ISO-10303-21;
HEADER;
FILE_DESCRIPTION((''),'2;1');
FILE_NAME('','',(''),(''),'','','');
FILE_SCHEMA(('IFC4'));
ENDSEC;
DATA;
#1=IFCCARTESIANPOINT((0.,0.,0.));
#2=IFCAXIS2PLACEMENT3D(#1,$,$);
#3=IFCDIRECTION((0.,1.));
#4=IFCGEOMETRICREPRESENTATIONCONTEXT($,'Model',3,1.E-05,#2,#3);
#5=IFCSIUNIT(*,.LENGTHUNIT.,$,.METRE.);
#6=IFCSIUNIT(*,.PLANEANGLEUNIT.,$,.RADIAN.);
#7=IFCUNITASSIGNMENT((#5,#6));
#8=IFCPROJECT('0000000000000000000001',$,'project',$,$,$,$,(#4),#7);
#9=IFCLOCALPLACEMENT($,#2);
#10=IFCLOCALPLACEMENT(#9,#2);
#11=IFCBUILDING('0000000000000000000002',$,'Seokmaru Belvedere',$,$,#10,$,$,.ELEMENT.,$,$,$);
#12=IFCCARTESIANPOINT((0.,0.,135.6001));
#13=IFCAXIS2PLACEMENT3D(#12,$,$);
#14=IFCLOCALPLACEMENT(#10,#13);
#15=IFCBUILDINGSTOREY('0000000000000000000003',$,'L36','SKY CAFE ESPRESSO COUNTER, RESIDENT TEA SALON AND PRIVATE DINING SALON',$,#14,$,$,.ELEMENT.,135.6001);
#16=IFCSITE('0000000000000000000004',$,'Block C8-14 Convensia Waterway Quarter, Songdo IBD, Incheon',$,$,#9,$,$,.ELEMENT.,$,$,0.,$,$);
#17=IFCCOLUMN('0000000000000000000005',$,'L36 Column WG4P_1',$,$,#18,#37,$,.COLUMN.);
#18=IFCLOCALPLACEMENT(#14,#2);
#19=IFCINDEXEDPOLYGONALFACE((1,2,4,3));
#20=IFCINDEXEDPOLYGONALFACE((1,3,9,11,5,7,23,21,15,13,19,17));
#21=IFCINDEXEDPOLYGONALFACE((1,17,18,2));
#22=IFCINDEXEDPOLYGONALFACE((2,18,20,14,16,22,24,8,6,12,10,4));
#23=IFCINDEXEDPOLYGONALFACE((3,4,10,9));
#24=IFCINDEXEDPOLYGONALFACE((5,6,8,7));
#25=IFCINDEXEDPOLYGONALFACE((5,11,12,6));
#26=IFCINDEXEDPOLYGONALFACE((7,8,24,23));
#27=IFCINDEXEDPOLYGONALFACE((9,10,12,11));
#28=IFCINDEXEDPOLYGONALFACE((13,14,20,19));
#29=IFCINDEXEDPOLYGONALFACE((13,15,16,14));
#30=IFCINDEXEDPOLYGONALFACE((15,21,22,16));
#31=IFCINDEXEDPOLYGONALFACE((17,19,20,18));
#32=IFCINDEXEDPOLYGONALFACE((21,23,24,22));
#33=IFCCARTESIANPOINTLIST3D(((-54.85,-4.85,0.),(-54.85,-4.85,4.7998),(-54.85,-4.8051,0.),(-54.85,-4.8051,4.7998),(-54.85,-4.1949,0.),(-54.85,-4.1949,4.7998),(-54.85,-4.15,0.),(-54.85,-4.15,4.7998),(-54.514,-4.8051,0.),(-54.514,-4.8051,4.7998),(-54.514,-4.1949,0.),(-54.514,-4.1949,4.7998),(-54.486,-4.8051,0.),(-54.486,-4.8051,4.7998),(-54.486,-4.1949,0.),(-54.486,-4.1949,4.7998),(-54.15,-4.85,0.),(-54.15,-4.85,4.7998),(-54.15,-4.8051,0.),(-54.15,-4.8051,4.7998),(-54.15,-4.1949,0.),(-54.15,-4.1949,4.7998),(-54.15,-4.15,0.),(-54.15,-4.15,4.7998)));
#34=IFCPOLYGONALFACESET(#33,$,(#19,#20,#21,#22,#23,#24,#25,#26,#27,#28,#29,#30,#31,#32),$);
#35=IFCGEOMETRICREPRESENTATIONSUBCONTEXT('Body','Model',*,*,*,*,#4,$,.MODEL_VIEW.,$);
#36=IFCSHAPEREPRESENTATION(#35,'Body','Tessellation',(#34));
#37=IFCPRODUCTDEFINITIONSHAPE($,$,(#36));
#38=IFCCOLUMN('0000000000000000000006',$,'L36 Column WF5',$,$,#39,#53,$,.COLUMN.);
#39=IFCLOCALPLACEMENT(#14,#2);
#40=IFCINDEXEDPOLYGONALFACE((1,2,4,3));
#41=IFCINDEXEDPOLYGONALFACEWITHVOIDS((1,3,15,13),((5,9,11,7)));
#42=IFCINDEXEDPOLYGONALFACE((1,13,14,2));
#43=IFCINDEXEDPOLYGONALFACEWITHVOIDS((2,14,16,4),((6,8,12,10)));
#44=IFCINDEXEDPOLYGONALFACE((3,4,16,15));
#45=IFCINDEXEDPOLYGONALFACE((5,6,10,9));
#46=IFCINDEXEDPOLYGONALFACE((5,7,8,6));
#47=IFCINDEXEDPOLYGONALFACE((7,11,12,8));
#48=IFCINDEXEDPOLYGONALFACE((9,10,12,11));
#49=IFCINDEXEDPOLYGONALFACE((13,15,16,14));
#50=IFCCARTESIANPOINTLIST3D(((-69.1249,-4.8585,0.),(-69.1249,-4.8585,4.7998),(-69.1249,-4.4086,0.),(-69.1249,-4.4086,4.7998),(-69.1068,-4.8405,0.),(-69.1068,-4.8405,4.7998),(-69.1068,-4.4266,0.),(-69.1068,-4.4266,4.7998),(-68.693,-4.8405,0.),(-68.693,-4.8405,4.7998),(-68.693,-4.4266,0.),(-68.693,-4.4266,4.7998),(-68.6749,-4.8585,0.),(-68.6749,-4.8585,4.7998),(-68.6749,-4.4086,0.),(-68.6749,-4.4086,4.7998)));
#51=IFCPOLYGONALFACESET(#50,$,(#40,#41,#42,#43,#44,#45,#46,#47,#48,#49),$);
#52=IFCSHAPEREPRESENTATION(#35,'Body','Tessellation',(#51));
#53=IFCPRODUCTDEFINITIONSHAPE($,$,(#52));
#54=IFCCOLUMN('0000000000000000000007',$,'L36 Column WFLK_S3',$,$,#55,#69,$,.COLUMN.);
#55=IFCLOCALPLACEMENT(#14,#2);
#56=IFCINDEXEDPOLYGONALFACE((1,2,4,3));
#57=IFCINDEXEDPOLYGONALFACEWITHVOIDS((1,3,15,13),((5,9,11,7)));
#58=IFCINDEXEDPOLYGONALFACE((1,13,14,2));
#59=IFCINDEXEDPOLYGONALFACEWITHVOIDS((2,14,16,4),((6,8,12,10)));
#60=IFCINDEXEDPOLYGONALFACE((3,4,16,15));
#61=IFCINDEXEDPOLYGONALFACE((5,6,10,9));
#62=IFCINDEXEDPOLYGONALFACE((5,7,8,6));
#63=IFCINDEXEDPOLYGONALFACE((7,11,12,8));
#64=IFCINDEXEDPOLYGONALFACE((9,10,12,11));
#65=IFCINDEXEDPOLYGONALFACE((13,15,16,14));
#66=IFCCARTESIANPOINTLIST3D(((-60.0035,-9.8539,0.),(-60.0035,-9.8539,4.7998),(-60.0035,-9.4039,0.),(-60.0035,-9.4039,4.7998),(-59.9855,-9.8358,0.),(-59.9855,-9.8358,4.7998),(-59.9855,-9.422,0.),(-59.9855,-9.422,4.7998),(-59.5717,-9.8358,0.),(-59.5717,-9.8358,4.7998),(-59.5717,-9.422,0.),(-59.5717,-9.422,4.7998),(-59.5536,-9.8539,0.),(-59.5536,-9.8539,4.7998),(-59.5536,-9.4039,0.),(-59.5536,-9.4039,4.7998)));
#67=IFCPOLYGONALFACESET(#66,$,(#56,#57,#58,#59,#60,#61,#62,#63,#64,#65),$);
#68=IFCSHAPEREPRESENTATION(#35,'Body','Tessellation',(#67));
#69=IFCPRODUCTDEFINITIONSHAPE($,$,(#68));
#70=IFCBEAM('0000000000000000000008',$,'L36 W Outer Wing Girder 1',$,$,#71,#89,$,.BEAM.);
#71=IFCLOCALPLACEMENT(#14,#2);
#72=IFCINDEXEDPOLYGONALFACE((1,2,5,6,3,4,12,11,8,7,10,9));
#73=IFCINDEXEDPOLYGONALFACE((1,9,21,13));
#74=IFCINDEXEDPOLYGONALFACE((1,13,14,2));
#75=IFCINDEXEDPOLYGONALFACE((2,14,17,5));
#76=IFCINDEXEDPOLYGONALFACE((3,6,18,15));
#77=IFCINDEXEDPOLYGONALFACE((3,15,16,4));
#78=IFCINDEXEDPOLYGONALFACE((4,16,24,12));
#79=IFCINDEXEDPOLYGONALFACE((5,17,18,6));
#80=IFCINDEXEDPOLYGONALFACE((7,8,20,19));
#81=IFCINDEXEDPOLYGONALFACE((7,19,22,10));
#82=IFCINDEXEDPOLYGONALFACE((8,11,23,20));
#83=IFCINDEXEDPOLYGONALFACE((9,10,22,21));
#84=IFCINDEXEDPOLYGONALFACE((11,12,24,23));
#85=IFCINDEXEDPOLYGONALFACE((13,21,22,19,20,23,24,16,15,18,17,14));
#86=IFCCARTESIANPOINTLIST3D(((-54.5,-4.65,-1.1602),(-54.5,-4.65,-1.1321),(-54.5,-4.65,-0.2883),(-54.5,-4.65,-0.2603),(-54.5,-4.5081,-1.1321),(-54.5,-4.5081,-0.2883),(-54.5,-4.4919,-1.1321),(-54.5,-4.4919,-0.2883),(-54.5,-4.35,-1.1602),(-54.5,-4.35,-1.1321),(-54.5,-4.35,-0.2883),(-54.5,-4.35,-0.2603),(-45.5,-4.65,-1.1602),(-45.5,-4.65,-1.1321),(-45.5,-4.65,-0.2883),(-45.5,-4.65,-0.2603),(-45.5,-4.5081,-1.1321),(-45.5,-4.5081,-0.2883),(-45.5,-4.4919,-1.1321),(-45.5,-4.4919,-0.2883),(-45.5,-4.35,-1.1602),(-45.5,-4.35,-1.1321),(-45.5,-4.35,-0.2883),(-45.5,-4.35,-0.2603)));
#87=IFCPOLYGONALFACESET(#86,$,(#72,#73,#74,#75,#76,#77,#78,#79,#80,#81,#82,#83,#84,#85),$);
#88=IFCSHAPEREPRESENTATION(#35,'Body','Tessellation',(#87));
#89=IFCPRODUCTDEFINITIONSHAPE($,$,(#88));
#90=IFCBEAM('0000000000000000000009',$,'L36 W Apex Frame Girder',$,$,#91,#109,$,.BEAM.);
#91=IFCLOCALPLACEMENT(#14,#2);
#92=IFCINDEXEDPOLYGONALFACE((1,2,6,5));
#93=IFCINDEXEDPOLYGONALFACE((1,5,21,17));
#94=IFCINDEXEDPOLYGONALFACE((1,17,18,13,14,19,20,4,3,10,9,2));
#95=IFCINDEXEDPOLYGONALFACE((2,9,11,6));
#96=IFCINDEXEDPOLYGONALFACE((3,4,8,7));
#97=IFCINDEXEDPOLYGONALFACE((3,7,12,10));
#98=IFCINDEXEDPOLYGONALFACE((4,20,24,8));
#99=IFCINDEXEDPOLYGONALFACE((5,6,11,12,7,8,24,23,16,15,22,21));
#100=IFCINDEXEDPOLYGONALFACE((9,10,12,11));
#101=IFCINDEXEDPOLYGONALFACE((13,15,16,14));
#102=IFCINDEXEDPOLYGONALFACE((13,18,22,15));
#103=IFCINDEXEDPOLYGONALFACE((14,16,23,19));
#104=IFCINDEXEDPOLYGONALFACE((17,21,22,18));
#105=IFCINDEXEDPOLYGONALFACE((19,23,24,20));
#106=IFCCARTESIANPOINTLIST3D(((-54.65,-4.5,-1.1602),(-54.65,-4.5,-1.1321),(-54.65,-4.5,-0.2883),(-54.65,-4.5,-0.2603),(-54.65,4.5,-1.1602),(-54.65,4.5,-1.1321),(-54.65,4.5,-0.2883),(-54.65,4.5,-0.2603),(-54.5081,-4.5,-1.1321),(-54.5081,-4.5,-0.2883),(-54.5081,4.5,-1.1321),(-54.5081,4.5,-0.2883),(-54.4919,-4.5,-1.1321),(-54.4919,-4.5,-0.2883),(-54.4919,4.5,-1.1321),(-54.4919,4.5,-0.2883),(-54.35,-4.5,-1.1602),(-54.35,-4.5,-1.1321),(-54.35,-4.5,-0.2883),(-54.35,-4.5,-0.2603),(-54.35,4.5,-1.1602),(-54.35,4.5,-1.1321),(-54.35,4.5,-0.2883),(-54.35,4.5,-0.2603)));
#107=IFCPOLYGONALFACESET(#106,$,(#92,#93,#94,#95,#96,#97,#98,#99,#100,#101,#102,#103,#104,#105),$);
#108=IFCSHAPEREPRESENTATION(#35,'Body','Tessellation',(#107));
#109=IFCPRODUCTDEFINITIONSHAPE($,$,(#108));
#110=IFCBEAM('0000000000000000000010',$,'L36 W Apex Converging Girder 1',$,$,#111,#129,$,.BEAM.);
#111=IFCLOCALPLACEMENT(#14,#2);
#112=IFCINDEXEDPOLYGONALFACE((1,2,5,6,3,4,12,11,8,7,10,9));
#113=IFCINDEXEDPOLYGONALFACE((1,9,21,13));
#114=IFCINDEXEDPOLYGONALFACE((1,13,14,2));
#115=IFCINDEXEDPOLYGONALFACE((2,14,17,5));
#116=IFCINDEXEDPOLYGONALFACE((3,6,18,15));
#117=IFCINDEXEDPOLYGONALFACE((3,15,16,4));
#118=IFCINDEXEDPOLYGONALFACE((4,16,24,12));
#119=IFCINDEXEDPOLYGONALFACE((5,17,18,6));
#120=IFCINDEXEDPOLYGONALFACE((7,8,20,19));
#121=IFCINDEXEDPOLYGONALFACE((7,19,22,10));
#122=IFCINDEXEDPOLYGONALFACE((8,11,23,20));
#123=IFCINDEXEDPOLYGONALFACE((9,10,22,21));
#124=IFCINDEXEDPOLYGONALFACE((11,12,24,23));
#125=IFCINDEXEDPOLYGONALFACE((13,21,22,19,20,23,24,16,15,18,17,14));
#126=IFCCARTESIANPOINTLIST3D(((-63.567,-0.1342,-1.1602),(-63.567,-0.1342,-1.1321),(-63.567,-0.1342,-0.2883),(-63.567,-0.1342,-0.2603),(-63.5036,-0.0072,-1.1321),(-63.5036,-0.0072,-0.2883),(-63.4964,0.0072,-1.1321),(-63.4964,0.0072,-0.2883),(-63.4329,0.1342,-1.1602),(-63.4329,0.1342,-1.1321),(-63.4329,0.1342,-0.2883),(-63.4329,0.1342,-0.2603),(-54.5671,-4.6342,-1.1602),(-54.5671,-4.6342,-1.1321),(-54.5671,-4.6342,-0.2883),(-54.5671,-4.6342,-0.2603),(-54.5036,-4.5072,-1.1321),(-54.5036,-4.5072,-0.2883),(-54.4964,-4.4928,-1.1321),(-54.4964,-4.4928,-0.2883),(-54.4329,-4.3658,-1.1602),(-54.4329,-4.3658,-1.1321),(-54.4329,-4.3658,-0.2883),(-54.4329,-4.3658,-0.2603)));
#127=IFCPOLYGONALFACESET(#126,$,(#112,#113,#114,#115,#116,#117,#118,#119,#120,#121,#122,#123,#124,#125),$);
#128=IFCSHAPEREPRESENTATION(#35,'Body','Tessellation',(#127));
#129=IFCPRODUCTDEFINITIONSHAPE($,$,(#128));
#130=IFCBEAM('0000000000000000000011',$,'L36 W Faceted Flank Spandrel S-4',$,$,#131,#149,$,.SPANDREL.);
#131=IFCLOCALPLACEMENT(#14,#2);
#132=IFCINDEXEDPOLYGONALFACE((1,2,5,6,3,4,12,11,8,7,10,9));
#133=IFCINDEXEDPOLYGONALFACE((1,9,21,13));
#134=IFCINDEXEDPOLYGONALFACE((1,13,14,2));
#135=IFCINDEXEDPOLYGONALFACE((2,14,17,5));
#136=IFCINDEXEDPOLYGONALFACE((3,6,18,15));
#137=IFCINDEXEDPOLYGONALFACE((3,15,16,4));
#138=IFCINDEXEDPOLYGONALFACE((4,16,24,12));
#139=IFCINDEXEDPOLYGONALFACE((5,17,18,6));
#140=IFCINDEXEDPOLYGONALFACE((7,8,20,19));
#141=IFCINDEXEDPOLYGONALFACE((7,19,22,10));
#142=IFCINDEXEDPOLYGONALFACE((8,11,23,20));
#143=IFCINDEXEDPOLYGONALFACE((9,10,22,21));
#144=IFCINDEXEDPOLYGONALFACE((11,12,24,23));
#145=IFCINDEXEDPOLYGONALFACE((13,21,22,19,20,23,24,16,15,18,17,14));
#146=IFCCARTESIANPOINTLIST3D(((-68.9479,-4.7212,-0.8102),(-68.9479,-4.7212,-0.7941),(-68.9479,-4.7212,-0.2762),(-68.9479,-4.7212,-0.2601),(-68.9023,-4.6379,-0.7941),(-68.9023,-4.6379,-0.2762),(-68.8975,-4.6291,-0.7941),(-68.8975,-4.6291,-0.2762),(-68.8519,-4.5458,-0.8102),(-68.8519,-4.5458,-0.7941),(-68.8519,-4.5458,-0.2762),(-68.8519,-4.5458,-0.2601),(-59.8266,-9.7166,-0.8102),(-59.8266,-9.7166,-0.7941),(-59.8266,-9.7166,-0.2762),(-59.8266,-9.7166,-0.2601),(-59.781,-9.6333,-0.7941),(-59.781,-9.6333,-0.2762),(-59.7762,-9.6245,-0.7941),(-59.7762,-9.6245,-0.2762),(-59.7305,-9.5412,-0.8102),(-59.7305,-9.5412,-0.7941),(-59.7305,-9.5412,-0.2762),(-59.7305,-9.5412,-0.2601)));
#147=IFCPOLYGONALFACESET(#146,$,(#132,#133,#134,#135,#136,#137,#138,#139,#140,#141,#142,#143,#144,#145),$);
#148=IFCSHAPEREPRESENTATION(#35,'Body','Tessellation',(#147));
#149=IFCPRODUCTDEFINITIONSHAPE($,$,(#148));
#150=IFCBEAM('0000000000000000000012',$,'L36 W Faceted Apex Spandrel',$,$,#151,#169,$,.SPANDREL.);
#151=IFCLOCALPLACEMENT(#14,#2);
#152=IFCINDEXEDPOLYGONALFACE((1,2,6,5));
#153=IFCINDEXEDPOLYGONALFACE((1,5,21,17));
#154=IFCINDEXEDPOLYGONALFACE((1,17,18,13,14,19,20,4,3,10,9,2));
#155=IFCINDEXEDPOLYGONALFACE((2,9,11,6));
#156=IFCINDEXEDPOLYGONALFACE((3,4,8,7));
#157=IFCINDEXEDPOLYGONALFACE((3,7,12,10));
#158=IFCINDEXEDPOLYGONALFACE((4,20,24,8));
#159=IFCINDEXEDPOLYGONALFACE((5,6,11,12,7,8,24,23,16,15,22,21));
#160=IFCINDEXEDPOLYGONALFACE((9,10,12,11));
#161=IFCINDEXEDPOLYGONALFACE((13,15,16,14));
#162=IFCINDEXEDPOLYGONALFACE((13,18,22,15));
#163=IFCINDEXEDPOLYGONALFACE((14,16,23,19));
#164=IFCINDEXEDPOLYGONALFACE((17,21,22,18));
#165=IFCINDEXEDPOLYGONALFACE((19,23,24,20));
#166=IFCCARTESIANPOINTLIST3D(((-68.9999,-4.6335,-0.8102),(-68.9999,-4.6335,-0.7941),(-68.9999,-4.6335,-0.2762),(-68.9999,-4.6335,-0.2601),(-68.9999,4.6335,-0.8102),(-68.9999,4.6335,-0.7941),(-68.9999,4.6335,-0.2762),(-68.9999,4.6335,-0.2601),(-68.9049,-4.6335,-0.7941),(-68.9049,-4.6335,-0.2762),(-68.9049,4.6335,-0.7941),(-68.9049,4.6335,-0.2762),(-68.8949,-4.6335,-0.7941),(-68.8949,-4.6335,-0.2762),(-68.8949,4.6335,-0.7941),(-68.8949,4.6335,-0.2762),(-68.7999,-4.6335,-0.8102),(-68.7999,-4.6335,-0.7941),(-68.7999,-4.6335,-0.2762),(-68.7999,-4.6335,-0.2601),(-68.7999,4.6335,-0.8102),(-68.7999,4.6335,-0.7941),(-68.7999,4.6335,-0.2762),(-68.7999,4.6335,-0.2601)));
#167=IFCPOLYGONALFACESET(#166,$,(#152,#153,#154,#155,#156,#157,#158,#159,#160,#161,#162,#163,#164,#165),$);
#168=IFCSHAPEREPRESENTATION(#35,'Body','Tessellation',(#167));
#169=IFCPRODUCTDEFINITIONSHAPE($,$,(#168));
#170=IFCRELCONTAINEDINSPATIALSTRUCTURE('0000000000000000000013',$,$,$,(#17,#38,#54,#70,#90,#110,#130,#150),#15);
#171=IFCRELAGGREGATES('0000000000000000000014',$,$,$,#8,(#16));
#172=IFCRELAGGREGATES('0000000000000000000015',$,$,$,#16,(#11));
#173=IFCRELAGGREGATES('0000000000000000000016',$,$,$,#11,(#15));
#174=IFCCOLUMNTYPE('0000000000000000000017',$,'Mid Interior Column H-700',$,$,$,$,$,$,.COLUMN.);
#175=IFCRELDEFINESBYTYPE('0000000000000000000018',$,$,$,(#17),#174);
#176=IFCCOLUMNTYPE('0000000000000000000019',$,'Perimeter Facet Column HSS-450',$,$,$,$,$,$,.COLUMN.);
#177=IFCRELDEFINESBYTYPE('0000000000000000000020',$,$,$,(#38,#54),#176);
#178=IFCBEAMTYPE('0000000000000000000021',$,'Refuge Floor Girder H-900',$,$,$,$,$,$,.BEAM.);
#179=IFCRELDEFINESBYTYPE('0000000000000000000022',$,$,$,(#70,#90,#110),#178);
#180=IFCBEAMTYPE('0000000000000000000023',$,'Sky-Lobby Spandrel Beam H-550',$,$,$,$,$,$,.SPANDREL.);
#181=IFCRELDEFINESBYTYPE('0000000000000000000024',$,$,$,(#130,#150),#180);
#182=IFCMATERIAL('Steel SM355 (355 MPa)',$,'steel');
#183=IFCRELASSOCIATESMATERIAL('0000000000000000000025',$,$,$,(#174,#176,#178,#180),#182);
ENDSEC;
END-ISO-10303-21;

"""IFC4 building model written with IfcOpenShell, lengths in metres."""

from ifc_helpers import new_model, si_unit, direction, frame, origin, origin_2d, place, context, subcontext, project, spatial, hollow_rectangle, i_section, extrude, source, transform, mapped, material, material_profile, profile_set, type_object, type_shapes, element, save


model = new_model("IFC4")

# Units and contexts
model_context = context("Model", 3, precision=1e-05, world=origin(), true_north=direction((0.0, 1.0)))
body_context = subcontext(model_context, "Body", "Model", "MODEL_VIEW")
ifc_project = project(units=[si_unit("LENGTHUNIT", "METRE"), si_unit("PLANEANGLEUNIT", "RADIAN")], contexts=[model_context])

# Site, building, storey
site_placement = place(None, origin())
site = spatial("IfcSite", under=ifc_project, at=site_placement, Name="Block C8-14 Convensia Waterway Quarter, Songdo IBD, Incheon", CompositionType="ELEMENT", RefElevation=0.0)
building_placement = place(site_placement, origin())
building = spatial("IfcBuilding", under=site, at=building_placement, Name="Seokmaru Belvedere", CompositionType="ELEMENT")
storey_placement = place(building_placement, frame((0.0, 0.0, 135.6001)))
storey = spatial("IfcBuildingStorey", under=building, at=storey_placement, Name="L36", Description="SKY CAFE ESPRESSO COUNTER, RESIDENT TEA SALON AND PRIVATE DINING SALON", CompositionType="ELEMENT", Elevation=135.6001)

# Columns
ifc_material_1 = material(Name="Steel SM355 (355 MPa)", Category="steel")
ifc_material_profile_1 = material_profile(ifc_material_1, i_section(OverallWidth=0.7, OverallDepth=0.7, WebThickness=0.0281, FlangeThickness=0.0449, at=origin_2d()), Name="H-700x700x28x45")
ifc_profile_set_1 = profile_set([ifc_material_profile_1], Name="Steel SM355 (355 MPa)")
column_type_1 = type_object("IfcColumnType", Name="Mid Interior Column H-700", PredefinedType="COLUMN", material=ifc_profile_set_1)
shared_shape_1 = source(origin(), body_context, "Body", "SweptSolid", [
    extrude(i_section(OverallWidth=0.7, OverallDepth=0.7, WebThickness=0.0281, FlangeThickness=0.0449, at=origin_2d()), origin(), (0.0, 0.0, 1.0), 4.7998),
])
type_shapes(column_type_1, [shared_shape_1])
column_placement = place(storey_placement, frame((-54.5, -4.5, 0.0), z_axis=(0.0, 0.0, 1.0), x_axis=(1.0, 0.0, 0.0)))
element("IfcColumn", 1, at=column_placement, inside=storey, type_object=column_type_1, Name="L36 Column WG4P_1", PredefinedType="COLUMN", context=body_context, shape_type="MappedRepresentation", body=[
    mapped(shared_shape_1, transform((0.0, 0.0, 0.0), scale=1.0)),
])
ifc_material_profile_2 = material_profile(ifc_material_1, hollow_rectangle(XDim=0.45, YDim=0.45, WallThickness=0.0181, at=origin_2d()), Name="HSS-450x450x18")
ifc_profile_set_2 = profile_set([ifc_material_profile_2], Name="Steel SM355 (355 MPa)")
column_type_2 = type_object("IfcColumnType", Name="Perimeter Facet Column HSS-450", PredefinedType="COLUMN", material=ifc_profile_set_2)
shared_shape_2 = source(origin(), body_context, "Body", "SweptSolid", [
    extrude(hollow_rectangle(XDim=0.45, YDim=0.45, WallThickness=0.0181, at=origin_2d()), origin(), (0.0, 0.0, 1.0), 4.7998),
])
type_shapes(column_type_2, [shared_shape_2])
for number, where, z_axis, x_axis, name in (
    (2, (-68.8999, -4.6335, 0.0), (0.0, 0.0, 1.0), (1.0, 0.0, 0.0), "L36 Column WF5"),
    (3, (-59.7786, -9.6289, 0.0), (0.0, 0.0, 1.0), (1.0, 0.0, 0.0), "L36 Column WFLK_S3"),
):
    element("IfcColumn", number, at=place(storey_placement, frame(where, z_axis=z_axis, x_axis=x_axis)), inside=storey, type_object=column_type_2, Name=name, PredefinedType="COLUMN", context=body_context, shape_type="MappedRepresentation", body=[
        mapped(shared_shape_2, transform((0.0, 0.0, 0.0), scale=1.0)),
    ])

# Beams
ifc_material_profile_3 = material_profile(ifc_material_1, i_section(OverallWidth=0.3, OverallDepth=0.8999, WebThickness=0.0161, FlangeThickness=0.0281, at=origin_2d()), Name="H-900x300x16x28")
ifc_profile_set_3 = profile_set([ifc_material_profile_3], Name="Steel SM355 (355 MPa)")
beam_type_1 = type_object("IfcBeamType", Name="Refuge Floor Girder H-900", PredefinedType="BEAM", material=ifc_profile_set_3)
shared_shape_3 = source(origin(), body_context, "Body", "SweptSolid", [
    extrude(i_section(OverallWidth=0.3, OverallDepth=0.8999, WebThickness=0.0161, FlangeThickness=0.0281, at=origin_2d()), origin(), (0.0, 0.0, 1.0), 9.0),
])
for number, where, z_axis, x_axis, name in (
    (4, (-54.5, -4.5, -0.7102), (1.0, 0.0, 0.0), (0.0, 1.0, 0.0), "L36 W Outer Wing Girder 1"),
    (5, (-54.5, -4.5, -0.7102), (0.0, 1.0, 0.0), (-1.0, 0.0, 0.0), "L36 W Apex Frame Girder"),
):
    element("IfcBeam", number, at=place(storey_placement, frame(where, z_axis=z_axis, x_axis=x_axis)), inside=storey, type_object=beam_type_1, Name=name, PredefinedType="BEAM", context=body_context, shape_type="MappedRepresentation", body=[
        mapped(shared_shape_3, transform((0.0, 0.0, 0.0), scale=1.0)),
    ])
shared_shape_4 = source(origin(), body_context, "Body", "SweptSolid", [
    extrude(i_section(OverallWidth=0.3, OverallDepth=0.8999, WebThickness=0.0161, FlangeThickness=0.0281, at=origin_2d()), origin(), (0.0, 0.0, 1.0), 10.0623),
])
beam_1_placement = place(storey_placement, frame((-54.5, -4.5, -0.7102), z_axis=(-0.894427, 0.447214, 0.0), x_axis=(-0.447214, -0.894427, 0.0)))
element("IfcBeam", 6, at=beam_1_placement, inside=storey, type_object=beam_type_1, Name="L36 W Apex Converging Girder 1", PredefinedType="BEAM", context=body_context, shape_type="MappedRepresentation", body=[
    mapped(shared_shape_4, transform((0.0, 0.0, 0.0), scale=1.0)),
])
ifc_material_profile_4 = material_profile(ifc_material_1, i_section(OverallWidth=0.2, OverallDepth=0.55, WebThickness=0.01, FlangeThickness=0.0161, at=origin_2d()), Name="H-550x200x10x16")
ifc_profile_set_4 = profile_set([ifc_material_profile_4], Name="Steel SM355 (355 MPa)")
beam_type_2 = type_object("IfcBeamType", Name="Sky-Lobby Spandrel Beam H-550", PredefinedType="SPANDREL", material=ifc_profile_set_4)
shared_shape_5 = source(origin(), body_context, "Body", "SweptSolid", [
    extrude(i_section(OverallWidth=0.2, OverallDepth=0.55, WebThickness=0.01, FlangeThickness=0.0161, at=origin_2d()), origin(), (0.0, 0.0, 1.0), 10.3997),
])
beam_2_placement = place(storey_placement, frame((-59.7786, -9.6289, -0.5352), z_axis=(-0.877082, 0.48034, 0.0), x_axis=(-0.48034, -0.877082, 0.0)))
element("IfcBeam", 7, at=beam_2_placement, inside=storey, type_object=beam_type_2, Name="L36 W Faceted Flank Spandrel S-4", PredefinedType="SPANDREL", context=body_context, shape_type="MappedRepresentation", body=[
    mapped(shared_shape_5, transform((0.0, 0.0, 0.0), scale=1.0)),
])
shared_shape_6 = source(origin(), body_context, "Body", "SweptSolid", [
    extrude(i_section(OverallWidth=0.2, OverallDepth=0.55, WebThickness=0.01, FlangeThickness=0.0161, at=origin_2d()), origin(), (0.0, 0.0, 1.0), 9.2671),
])
type_shapes(beam_type_2, [shared_shape_5, shared_shape_6])
beam_3_placement = place(storey_placement, frame((-68.8999, -4.6335, -0.5352), z_axis=(0.0, 1.0, 0.0), x_axis=(-1.0, 0.0, 0.0)))
element("IfcBeam", 8, at=beam_3_placement, inside=storey, type_object=beam_type_2, Name="L36 W Faceted Apex Spandrel", PredefinedType="SPANDREL", context=body_context, shape_type="MappedRepresentation", body=[
    mapped(shared_shape_6, transform((0.0, 0.0, 0.0), scale=1.0)),
])

save(model, "model.ifc")
